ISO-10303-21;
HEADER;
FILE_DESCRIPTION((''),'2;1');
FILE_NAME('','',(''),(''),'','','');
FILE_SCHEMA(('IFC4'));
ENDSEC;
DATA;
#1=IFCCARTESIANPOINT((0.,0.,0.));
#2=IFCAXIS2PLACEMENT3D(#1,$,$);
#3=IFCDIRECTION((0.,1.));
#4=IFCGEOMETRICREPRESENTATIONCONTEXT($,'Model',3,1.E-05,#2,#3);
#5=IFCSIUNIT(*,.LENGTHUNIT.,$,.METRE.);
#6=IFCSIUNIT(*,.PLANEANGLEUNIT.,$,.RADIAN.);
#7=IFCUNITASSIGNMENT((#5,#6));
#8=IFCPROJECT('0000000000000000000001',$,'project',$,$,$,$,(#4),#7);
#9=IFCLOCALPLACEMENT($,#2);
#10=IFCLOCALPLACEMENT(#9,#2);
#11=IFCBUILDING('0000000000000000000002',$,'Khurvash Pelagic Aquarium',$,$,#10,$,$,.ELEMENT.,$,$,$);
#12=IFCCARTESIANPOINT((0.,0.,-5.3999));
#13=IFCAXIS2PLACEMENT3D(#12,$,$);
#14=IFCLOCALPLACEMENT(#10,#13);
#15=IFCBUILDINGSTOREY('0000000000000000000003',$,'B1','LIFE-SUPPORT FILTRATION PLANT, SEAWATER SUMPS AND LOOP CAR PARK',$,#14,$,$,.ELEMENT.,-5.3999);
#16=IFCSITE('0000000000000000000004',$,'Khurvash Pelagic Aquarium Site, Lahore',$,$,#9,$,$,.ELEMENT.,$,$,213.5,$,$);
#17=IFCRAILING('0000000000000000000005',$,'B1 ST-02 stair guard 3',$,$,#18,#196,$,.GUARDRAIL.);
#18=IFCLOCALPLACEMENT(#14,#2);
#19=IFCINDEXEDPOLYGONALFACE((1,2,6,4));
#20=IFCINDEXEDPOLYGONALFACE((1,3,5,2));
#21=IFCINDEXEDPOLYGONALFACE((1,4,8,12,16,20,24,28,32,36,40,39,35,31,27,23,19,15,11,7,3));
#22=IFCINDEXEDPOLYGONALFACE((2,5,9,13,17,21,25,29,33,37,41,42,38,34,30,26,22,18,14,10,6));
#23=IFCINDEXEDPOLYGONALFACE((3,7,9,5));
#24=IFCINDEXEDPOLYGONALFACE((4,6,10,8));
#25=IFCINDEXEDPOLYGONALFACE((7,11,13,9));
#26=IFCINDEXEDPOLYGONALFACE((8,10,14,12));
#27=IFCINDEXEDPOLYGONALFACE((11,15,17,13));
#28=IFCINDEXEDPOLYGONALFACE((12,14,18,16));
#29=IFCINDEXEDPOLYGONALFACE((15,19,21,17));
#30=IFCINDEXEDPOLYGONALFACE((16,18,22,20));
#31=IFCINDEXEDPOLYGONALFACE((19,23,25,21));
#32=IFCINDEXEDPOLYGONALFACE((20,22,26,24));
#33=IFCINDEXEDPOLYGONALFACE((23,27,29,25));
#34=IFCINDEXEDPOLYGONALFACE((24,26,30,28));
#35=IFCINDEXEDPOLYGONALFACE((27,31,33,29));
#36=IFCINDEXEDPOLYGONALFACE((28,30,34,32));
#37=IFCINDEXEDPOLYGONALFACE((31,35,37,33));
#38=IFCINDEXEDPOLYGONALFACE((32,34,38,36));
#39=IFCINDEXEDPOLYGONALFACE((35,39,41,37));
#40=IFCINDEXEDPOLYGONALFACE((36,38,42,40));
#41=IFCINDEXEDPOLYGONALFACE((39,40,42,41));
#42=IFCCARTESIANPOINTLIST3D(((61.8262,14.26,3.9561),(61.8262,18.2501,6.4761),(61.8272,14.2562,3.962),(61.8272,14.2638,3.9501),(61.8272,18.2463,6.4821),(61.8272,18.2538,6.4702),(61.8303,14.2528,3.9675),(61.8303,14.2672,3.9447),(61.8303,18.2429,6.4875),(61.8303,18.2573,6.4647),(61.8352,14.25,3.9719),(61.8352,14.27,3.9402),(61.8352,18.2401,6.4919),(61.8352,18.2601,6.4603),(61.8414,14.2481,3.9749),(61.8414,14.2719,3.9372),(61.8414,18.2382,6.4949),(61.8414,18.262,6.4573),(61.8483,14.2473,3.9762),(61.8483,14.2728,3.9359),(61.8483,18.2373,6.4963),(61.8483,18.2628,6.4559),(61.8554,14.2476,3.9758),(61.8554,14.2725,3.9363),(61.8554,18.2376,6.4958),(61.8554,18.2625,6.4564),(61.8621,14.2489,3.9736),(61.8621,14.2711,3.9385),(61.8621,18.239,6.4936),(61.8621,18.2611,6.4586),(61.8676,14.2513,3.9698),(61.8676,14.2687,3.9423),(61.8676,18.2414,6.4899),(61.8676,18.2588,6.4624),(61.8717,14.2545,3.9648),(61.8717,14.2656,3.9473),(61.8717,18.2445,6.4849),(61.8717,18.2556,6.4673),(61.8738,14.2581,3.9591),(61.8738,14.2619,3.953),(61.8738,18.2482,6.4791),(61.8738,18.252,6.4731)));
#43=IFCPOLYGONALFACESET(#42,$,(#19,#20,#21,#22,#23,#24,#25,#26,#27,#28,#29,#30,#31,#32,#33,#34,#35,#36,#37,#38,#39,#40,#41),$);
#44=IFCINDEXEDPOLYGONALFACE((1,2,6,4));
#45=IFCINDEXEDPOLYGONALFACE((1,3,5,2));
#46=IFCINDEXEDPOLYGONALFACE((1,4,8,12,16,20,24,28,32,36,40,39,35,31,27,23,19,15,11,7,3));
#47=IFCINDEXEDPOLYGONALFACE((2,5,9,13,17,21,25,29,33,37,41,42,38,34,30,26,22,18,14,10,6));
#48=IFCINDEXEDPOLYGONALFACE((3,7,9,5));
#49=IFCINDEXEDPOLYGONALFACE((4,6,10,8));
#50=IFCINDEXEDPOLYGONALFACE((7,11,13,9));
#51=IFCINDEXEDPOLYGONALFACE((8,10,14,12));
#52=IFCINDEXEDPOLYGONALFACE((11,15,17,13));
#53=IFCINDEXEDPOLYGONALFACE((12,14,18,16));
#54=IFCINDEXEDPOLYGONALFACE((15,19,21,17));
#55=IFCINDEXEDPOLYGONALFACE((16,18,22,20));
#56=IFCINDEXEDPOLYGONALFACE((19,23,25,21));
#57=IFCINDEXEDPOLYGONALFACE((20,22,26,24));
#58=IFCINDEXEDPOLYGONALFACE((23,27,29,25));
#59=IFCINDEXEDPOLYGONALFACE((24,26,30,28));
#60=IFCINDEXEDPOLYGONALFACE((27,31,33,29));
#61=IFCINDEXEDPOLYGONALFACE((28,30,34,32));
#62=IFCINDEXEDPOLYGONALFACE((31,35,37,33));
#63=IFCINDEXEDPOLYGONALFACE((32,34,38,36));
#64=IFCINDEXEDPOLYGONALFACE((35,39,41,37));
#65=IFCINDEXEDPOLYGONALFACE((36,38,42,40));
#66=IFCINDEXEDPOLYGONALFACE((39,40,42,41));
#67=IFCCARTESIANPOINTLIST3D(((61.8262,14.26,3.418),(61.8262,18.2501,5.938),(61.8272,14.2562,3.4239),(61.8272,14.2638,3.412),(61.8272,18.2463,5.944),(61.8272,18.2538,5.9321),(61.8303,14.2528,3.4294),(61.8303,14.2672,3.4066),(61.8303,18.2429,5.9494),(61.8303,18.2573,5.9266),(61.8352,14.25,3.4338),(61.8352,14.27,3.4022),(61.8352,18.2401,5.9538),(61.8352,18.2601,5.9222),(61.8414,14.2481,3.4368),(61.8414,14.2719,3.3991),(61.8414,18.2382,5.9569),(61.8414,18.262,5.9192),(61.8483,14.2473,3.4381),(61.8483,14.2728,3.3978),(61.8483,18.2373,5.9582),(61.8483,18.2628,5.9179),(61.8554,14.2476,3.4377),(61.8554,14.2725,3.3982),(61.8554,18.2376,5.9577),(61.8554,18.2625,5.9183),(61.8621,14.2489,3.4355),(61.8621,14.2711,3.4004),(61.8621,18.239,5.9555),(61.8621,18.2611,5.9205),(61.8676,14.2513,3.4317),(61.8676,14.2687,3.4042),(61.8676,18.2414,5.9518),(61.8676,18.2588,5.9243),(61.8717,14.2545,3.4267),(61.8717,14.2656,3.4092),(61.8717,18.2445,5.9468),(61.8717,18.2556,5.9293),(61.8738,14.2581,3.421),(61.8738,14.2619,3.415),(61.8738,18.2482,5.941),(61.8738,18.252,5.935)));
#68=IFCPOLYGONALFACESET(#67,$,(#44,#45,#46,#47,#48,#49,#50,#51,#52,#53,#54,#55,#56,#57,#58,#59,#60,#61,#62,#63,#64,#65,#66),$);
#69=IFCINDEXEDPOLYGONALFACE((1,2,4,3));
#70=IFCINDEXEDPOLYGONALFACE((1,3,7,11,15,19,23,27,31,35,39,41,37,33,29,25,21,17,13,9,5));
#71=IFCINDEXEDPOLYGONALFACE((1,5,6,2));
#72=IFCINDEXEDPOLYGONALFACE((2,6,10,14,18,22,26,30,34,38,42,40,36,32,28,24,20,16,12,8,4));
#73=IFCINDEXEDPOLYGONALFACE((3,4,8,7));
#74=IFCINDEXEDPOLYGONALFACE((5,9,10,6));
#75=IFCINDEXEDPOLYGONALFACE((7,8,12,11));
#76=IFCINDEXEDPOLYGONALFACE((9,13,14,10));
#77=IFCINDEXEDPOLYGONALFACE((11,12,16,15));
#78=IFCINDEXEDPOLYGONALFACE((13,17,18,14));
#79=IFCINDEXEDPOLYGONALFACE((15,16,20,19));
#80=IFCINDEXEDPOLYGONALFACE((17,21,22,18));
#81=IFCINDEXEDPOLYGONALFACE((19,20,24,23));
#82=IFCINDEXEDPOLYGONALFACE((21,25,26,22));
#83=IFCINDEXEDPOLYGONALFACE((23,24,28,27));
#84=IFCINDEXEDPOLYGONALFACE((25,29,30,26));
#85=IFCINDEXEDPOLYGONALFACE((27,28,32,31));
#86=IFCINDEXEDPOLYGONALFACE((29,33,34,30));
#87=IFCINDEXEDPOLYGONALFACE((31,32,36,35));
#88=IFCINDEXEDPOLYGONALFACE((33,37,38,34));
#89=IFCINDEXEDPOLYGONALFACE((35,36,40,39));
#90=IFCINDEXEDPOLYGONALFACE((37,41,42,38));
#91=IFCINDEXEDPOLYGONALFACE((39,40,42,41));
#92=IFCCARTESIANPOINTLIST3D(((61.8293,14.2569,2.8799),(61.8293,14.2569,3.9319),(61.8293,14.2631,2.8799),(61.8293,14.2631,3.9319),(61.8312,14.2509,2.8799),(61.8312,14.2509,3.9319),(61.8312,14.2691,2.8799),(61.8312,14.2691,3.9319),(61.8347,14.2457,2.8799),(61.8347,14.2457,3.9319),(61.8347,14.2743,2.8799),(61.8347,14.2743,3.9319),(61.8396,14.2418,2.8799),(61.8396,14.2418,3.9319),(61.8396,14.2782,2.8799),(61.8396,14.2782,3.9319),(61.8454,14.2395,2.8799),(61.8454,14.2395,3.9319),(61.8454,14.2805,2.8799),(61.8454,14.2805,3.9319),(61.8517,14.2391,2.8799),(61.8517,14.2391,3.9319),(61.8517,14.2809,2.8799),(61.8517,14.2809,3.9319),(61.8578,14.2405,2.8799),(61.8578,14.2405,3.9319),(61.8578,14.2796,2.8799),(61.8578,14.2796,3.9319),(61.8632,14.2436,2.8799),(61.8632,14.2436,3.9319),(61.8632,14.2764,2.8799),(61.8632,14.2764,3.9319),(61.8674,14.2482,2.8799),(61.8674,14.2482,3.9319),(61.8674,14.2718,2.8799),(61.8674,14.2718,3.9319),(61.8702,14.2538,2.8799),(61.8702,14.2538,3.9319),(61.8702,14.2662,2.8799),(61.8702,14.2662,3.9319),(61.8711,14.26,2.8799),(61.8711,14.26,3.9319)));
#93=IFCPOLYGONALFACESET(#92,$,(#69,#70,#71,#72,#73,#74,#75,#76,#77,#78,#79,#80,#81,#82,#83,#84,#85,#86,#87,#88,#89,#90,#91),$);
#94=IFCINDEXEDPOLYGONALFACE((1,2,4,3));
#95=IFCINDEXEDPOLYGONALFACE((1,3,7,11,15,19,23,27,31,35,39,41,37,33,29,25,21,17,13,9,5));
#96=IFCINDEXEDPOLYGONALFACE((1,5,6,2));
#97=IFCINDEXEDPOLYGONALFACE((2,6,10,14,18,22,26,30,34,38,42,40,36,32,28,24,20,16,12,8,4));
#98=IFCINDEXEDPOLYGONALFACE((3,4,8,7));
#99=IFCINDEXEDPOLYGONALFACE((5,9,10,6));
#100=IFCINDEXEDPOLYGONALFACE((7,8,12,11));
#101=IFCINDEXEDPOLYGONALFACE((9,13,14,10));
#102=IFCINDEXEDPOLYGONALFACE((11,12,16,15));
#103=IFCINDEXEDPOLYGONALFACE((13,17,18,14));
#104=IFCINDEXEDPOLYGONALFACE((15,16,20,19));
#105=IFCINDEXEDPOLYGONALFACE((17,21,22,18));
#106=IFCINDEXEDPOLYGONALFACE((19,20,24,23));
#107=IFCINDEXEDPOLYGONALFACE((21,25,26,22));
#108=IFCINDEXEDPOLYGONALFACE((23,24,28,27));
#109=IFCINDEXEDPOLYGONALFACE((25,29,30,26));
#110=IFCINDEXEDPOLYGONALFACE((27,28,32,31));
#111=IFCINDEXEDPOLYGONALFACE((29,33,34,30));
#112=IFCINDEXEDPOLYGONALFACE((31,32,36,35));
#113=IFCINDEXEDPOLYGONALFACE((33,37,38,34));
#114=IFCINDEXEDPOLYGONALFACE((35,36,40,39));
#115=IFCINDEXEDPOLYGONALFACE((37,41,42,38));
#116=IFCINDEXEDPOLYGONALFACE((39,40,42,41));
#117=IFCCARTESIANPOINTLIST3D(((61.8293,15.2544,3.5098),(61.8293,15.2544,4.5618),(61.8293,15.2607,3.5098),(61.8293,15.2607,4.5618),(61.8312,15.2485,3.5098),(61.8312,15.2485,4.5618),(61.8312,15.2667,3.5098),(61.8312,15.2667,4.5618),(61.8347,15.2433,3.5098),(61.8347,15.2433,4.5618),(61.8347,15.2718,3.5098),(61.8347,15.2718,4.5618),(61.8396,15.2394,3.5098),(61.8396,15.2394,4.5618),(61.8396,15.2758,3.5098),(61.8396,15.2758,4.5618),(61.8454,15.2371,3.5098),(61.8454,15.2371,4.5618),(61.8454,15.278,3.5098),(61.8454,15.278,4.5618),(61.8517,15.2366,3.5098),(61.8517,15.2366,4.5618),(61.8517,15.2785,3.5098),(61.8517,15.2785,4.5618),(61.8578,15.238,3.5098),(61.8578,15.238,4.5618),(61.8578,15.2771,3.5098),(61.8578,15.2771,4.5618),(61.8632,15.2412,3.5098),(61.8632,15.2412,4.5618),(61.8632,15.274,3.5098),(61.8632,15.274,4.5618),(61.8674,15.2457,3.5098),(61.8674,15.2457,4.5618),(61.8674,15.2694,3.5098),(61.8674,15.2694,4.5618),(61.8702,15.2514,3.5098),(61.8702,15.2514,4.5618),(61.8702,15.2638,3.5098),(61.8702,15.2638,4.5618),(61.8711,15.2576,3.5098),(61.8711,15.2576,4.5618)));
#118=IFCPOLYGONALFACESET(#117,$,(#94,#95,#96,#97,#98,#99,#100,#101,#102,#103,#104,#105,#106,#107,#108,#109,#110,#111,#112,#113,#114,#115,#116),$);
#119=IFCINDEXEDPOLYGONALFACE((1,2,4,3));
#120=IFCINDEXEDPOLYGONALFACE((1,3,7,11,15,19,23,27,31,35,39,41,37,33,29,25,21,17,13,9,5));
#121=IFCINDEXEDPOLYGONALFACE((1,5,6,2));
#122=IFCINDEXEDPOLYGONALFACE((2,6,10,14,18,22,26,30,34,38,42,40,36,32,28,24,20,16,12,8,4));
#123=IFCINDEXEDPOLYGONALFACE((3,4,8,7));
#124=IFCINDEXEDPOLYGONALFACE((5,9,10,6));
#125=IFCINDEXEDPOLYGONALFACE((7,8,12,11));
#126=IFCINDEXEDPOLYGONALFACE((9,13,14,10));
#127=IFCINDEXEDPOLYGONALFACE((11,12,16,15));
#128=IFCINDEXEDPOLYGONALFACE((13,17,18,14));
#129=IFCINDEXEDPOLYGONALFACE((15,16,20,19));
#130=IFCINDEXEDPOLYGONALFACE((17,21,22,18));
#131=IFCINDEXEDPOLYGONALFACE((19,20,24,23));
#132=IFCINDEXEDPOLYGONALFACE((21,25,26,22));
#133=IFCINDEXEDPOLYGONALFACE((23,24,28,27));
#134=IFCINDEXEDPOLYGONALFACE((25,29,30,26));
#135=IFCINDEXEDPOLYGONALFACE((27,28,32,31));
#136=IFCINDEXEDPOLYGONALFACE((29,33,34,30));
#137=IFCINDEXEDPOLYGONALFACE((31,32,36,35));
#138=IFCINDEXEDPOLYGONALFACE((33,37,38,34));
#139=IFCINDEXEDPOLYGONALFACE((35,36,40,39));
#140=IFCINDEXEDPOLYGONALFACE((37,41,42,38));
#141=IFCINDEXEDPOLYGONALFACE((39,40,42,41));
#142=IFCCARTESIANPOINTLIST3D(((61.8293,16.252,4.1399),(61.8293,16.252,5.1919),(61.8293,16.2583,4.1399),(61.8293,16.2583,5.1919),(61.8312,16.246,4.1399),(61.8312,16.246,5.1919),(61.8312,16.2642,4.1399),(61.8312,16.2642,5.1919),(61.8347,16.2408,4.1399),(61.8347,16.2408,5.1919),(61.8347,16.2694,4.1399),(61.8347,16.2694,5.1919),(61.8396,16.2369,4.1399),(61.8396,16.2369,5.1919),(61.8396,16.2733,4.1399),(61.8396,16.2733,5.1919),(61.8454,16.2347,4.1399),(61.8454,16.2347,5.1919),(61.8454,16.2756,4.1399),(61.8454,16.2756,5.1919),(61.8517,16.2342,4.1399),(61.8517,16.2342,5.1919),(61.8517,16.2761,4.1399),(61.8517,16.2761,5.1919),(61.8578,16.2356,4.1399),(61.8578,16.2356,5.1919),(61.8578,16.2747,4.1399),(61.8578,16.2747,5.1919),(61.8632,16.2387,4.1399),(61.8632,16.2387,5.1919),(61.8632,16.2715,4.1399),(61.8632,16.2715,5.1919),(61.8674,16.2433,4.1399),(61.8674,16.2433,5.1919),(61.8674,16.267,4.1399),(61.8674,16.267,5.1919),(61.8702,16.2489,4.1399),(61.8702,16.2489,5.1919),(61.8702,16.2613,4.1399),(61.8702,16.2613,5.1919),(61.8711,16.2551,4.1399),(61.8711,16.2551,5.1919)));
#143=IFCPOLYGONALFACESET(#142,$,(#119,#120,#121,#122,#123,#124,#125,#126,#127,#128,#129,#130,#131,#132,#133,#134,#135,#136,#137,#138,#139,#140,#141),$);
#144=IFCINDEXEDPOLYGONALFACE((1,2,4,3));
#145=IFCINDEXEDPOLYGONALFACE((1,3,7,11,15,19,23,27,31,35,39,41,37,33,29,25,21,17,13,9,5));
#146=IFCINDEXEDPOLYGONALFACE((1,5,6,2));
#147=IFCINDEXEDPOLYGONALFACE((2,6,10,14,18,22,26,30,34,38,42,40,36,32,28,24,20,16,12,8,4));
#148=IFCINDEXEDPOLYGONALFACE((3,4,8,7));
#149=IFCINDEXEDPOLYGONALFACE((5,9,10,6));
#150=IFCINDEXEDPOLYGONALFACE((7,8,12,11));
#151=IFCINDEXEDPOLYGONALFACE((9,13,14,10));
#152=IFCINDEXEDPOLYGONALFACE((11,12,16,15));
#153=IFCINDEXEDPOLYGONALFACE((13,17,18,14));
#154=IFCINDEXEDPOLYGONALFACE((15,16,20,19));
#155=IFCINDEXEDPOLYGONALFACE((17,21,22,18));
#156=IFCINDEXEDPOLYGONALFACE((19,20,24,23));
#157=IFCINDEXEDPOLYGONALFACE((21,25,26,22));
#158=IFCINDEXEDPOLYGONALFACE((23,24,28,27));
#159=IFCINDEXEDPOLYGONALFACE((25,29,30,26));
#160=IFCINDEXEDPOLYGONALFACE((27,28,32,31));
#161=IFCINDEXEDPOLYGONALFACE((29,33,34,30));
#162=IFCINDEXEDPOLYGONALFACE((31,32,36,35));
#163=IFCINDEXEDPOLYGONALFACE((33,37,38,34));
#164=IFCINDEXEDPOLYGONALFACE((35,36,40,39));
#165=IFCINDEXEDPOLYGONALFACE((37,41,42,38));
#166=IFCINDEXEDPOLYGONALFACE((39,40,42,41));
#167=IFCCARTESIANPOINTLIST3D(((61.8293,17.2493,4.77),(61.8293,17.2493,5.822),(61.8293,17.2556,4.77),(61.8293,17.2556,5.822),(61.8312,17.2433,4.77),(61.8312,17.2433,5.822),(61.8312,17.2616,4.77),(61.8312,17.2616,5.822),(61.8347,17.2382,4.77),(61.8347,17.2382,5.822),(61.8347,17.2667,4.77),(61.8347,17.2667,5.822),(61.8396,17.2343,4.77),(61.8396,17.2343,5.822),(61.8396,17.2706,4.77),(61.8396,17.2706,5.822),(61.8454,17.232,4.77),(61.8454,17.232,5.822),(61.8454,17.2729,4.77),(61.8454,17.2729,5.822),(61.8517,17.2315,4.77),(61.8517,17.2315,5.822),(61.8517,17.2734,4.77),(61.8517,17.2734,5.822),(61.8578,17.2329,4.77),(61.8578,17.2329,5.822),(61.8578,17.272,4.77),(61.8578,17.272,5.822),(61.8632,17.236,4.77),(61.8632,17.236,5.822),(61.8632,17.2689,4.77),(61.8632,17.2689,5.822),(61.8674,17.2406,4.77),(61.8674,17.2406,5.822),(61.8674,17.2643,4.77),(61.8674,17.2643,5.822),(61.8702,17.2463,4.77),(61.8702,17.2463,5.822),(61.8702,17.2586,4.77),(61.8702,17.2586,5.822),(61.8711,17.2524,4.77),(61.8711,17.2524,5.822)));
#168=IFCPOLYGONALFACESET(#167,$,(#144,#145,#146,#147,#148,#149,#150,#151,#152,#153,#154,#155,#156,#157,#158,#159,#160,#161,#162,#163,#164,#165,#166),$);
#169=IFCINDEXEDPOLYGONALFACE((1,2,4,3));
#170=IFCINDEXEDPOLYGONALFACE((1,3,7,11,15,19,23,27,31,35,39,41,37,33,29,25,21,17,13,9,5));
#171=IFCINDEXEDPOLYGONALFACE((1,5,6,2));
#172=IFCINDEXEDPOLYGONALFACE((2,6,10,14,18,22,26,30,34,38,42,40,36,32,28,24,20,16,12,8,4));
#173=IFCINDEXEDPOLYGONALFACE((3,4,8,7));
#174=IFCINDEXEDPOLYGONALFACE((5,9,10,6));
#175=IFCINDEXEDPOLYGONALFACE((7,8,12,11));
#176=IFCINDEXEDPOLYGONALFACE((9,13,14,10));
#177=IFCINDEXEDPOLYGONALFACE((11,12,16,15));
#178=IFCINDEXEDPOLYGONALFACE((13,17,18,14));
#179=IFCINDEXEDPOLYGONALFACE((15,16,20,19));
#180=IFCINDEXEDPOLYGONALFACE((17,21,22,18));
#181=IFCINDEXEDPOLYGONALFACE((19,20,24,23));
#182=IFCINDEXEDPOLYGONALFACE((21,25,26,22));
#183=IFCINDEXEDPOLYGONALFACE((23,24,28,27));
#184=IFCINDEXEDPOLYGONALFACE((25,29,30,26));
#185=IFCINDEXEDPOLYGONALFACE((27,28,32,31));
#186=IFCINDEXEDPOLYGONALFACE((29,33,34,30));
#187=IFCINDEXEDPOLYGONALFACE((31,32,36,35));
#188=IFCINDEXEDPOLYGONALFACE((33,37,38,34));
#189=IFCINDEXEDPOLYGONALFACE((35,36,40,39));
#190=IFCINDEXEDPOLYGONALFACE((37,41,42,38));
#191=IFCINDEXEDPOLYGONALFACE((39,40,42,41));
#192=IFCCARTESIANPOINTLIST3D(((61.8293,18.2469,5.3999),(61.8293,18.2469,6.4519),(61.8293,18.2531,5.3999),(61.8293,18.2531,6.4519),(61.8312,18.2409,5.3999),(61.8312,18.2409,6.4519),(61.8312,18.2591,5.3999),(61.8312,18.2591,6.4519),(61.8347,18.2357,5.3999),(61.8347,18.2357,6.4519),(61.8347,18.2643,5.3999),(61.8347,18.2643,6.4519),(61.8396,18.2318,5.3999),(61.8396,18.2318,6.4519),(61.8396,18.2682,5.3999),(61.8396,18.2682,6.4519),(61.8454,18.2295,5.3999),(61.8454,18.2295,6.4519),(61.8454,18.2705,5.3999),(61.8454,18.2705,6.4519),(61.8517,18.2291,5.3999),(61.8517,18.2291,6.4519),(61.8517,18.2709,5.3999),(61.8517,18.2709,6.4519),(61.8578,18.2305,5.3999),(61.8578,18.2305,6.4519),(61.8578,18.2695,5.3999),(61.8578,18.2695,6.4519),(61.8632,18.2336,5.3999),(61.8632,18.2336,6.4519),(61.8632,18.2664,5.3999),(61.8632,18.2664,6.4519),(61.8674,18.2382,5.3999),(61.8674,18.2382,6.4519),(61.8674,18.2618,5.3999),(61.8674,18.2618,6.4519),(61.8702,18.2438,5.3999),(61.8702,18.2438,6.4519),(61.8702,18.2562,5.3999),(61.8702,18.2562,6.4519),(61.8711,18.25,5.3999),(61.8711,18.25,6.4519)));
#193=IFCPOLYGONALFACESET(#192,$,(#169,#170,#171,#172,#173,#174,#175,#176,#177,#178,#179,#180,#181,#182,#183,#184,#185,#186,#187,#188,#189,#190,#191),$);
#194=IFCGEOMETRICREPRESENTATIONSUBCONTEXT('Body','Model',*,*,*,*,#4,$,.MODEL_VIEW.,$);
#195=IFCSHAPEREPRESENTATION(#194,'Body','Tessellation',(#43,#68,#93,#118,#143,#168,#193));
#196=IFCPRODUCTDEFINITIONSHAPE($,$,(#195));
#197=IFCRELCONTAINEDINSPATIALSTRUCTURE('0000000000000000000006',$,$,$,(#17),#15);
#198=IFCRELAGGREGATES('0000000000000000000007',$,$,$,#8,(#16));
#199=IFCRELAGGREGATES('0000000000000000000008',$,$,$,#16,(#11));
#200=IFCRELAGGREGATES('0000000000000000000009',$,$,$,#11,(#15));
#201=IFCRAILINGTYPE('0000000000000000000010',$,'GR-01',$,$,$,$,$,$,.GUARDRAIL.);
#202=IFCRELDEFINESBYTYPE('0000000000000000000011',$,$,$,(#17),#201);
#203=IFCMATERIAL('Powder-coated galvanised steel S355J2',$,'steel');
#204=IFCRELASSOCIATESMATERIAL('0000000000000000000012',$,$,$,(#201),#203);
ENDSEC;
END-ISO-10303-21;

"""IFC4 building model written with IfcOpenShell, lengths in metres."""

from ifc_helpers import new_model, si_unit, direction, frame, origin, origin_2d, place, context, subcontext, project, spatial, circle, extrude, material, type_object, element, save


model = new_model("IFC4")

# Units and contexts
model_context = context("Model", 3, precision=1e-05, world=origin(), true_north=direction((0.0, 1.0)))
body_context = subcontext(model_context, "Body", "Model", "MODEL_VIEW")
ifc_project = project(units=[si_unit("LENGTHUNIT", "METRE"), si_unit("PLANEANGLEUNIT", "RADIAN")], contexts=[model_context])

# Site, building, storey
site_placement = place(None, origin())
site = spatial("IfcSite", under=ifc_project, at=site_placement, Name="Khurvash Pelagic Aquarium Site, Lahore", CompositionType="ELEMENT", RefElevation=213.5)
building_placement = place(site_placement, origin())
building = spatial("IfcBuilding", under=site, at=building_placement, Name="Khurvash Pelagic Aquarium", CompositionType="ELEMENT")
storey_placement = place(building_placement, frame((0.0, 0.0, -5.3999)))
storey = spatial("IfcBuildingStorey", under=building, at=storey_placement, Name="B1", Description="LIFE-SUPPORT FILTRATION PLANT, SEAWATER SUMPS AND LOOP CAR PARK", CompositionType="ELEMENT", Elevation=-5.3999)

# Railing
ifc_material_1 = material(Name="Powder-coated galvanised steel S355J2", Category="steel")
railing_type_1 = type_object("IfcRailingType", Name="GR-01", PredefinedType="GUARDRAIL", material=ifc_material_1)
railing_1_placement = place(storey_placement, frame((61.8501, 14.26, 2.8799)))
element("IfcRailing", 1, at=railing_1_placement, inside=storey, type_object=railing_type_1, Name="B1 ST-02 stair guard 3", PredefinedType="GUARDRAIL", context=body_context, shape_type="SweptSolid", body=[
    extrude(circle(Radius=0.0239, at=origin_2d()), frame((0.0, 0.0, 1.0762), z_axis=(0.0, 0.845486, 0.533997), x_axis=(-1.0, 0.0, 0.0)), (0.0, 0.0, 1.0), 4.7192),
    extrude(circle(Radius=0.0239, at=origin_2d()), frame((0.0, 0.0, 0.5381), z_axis=(0.0, 0.845486, 0.533997), x_axis=(-1.0, 0.0, 0.0)), (0.0, 0.0, 1.0), 4.7192),
    extrude(circle(Radius=0.021, at=origin_2d()), origin(), (0.0, 0.0, 1.0), 1.052),
    extrude(circle(Radius=0.021, at=origin_2d()), frame((0.0, 0.9976, 0.6299)), (0.0, 0.0, 1.0), 1.052),
    extrude(circle(Radius=0.021, at=origin_2d()), frame((0.0, 1.9951, 1.26)), (0.0, 0.0, 1.0), 1.052),
    extrude(circle(Radius=0.021, at=origin_2d()), frame((0.0, 2.9924, 1.8901)), (0.0, 0.0, 1.0), 1.052),
    extrude(circle(Radius=0.021, at=origin_2d()), frame((0.0, 3.99, 2.52)), (0.0, 0.0, 1.0), 1.052),
])

save(model, "model.ifc")
